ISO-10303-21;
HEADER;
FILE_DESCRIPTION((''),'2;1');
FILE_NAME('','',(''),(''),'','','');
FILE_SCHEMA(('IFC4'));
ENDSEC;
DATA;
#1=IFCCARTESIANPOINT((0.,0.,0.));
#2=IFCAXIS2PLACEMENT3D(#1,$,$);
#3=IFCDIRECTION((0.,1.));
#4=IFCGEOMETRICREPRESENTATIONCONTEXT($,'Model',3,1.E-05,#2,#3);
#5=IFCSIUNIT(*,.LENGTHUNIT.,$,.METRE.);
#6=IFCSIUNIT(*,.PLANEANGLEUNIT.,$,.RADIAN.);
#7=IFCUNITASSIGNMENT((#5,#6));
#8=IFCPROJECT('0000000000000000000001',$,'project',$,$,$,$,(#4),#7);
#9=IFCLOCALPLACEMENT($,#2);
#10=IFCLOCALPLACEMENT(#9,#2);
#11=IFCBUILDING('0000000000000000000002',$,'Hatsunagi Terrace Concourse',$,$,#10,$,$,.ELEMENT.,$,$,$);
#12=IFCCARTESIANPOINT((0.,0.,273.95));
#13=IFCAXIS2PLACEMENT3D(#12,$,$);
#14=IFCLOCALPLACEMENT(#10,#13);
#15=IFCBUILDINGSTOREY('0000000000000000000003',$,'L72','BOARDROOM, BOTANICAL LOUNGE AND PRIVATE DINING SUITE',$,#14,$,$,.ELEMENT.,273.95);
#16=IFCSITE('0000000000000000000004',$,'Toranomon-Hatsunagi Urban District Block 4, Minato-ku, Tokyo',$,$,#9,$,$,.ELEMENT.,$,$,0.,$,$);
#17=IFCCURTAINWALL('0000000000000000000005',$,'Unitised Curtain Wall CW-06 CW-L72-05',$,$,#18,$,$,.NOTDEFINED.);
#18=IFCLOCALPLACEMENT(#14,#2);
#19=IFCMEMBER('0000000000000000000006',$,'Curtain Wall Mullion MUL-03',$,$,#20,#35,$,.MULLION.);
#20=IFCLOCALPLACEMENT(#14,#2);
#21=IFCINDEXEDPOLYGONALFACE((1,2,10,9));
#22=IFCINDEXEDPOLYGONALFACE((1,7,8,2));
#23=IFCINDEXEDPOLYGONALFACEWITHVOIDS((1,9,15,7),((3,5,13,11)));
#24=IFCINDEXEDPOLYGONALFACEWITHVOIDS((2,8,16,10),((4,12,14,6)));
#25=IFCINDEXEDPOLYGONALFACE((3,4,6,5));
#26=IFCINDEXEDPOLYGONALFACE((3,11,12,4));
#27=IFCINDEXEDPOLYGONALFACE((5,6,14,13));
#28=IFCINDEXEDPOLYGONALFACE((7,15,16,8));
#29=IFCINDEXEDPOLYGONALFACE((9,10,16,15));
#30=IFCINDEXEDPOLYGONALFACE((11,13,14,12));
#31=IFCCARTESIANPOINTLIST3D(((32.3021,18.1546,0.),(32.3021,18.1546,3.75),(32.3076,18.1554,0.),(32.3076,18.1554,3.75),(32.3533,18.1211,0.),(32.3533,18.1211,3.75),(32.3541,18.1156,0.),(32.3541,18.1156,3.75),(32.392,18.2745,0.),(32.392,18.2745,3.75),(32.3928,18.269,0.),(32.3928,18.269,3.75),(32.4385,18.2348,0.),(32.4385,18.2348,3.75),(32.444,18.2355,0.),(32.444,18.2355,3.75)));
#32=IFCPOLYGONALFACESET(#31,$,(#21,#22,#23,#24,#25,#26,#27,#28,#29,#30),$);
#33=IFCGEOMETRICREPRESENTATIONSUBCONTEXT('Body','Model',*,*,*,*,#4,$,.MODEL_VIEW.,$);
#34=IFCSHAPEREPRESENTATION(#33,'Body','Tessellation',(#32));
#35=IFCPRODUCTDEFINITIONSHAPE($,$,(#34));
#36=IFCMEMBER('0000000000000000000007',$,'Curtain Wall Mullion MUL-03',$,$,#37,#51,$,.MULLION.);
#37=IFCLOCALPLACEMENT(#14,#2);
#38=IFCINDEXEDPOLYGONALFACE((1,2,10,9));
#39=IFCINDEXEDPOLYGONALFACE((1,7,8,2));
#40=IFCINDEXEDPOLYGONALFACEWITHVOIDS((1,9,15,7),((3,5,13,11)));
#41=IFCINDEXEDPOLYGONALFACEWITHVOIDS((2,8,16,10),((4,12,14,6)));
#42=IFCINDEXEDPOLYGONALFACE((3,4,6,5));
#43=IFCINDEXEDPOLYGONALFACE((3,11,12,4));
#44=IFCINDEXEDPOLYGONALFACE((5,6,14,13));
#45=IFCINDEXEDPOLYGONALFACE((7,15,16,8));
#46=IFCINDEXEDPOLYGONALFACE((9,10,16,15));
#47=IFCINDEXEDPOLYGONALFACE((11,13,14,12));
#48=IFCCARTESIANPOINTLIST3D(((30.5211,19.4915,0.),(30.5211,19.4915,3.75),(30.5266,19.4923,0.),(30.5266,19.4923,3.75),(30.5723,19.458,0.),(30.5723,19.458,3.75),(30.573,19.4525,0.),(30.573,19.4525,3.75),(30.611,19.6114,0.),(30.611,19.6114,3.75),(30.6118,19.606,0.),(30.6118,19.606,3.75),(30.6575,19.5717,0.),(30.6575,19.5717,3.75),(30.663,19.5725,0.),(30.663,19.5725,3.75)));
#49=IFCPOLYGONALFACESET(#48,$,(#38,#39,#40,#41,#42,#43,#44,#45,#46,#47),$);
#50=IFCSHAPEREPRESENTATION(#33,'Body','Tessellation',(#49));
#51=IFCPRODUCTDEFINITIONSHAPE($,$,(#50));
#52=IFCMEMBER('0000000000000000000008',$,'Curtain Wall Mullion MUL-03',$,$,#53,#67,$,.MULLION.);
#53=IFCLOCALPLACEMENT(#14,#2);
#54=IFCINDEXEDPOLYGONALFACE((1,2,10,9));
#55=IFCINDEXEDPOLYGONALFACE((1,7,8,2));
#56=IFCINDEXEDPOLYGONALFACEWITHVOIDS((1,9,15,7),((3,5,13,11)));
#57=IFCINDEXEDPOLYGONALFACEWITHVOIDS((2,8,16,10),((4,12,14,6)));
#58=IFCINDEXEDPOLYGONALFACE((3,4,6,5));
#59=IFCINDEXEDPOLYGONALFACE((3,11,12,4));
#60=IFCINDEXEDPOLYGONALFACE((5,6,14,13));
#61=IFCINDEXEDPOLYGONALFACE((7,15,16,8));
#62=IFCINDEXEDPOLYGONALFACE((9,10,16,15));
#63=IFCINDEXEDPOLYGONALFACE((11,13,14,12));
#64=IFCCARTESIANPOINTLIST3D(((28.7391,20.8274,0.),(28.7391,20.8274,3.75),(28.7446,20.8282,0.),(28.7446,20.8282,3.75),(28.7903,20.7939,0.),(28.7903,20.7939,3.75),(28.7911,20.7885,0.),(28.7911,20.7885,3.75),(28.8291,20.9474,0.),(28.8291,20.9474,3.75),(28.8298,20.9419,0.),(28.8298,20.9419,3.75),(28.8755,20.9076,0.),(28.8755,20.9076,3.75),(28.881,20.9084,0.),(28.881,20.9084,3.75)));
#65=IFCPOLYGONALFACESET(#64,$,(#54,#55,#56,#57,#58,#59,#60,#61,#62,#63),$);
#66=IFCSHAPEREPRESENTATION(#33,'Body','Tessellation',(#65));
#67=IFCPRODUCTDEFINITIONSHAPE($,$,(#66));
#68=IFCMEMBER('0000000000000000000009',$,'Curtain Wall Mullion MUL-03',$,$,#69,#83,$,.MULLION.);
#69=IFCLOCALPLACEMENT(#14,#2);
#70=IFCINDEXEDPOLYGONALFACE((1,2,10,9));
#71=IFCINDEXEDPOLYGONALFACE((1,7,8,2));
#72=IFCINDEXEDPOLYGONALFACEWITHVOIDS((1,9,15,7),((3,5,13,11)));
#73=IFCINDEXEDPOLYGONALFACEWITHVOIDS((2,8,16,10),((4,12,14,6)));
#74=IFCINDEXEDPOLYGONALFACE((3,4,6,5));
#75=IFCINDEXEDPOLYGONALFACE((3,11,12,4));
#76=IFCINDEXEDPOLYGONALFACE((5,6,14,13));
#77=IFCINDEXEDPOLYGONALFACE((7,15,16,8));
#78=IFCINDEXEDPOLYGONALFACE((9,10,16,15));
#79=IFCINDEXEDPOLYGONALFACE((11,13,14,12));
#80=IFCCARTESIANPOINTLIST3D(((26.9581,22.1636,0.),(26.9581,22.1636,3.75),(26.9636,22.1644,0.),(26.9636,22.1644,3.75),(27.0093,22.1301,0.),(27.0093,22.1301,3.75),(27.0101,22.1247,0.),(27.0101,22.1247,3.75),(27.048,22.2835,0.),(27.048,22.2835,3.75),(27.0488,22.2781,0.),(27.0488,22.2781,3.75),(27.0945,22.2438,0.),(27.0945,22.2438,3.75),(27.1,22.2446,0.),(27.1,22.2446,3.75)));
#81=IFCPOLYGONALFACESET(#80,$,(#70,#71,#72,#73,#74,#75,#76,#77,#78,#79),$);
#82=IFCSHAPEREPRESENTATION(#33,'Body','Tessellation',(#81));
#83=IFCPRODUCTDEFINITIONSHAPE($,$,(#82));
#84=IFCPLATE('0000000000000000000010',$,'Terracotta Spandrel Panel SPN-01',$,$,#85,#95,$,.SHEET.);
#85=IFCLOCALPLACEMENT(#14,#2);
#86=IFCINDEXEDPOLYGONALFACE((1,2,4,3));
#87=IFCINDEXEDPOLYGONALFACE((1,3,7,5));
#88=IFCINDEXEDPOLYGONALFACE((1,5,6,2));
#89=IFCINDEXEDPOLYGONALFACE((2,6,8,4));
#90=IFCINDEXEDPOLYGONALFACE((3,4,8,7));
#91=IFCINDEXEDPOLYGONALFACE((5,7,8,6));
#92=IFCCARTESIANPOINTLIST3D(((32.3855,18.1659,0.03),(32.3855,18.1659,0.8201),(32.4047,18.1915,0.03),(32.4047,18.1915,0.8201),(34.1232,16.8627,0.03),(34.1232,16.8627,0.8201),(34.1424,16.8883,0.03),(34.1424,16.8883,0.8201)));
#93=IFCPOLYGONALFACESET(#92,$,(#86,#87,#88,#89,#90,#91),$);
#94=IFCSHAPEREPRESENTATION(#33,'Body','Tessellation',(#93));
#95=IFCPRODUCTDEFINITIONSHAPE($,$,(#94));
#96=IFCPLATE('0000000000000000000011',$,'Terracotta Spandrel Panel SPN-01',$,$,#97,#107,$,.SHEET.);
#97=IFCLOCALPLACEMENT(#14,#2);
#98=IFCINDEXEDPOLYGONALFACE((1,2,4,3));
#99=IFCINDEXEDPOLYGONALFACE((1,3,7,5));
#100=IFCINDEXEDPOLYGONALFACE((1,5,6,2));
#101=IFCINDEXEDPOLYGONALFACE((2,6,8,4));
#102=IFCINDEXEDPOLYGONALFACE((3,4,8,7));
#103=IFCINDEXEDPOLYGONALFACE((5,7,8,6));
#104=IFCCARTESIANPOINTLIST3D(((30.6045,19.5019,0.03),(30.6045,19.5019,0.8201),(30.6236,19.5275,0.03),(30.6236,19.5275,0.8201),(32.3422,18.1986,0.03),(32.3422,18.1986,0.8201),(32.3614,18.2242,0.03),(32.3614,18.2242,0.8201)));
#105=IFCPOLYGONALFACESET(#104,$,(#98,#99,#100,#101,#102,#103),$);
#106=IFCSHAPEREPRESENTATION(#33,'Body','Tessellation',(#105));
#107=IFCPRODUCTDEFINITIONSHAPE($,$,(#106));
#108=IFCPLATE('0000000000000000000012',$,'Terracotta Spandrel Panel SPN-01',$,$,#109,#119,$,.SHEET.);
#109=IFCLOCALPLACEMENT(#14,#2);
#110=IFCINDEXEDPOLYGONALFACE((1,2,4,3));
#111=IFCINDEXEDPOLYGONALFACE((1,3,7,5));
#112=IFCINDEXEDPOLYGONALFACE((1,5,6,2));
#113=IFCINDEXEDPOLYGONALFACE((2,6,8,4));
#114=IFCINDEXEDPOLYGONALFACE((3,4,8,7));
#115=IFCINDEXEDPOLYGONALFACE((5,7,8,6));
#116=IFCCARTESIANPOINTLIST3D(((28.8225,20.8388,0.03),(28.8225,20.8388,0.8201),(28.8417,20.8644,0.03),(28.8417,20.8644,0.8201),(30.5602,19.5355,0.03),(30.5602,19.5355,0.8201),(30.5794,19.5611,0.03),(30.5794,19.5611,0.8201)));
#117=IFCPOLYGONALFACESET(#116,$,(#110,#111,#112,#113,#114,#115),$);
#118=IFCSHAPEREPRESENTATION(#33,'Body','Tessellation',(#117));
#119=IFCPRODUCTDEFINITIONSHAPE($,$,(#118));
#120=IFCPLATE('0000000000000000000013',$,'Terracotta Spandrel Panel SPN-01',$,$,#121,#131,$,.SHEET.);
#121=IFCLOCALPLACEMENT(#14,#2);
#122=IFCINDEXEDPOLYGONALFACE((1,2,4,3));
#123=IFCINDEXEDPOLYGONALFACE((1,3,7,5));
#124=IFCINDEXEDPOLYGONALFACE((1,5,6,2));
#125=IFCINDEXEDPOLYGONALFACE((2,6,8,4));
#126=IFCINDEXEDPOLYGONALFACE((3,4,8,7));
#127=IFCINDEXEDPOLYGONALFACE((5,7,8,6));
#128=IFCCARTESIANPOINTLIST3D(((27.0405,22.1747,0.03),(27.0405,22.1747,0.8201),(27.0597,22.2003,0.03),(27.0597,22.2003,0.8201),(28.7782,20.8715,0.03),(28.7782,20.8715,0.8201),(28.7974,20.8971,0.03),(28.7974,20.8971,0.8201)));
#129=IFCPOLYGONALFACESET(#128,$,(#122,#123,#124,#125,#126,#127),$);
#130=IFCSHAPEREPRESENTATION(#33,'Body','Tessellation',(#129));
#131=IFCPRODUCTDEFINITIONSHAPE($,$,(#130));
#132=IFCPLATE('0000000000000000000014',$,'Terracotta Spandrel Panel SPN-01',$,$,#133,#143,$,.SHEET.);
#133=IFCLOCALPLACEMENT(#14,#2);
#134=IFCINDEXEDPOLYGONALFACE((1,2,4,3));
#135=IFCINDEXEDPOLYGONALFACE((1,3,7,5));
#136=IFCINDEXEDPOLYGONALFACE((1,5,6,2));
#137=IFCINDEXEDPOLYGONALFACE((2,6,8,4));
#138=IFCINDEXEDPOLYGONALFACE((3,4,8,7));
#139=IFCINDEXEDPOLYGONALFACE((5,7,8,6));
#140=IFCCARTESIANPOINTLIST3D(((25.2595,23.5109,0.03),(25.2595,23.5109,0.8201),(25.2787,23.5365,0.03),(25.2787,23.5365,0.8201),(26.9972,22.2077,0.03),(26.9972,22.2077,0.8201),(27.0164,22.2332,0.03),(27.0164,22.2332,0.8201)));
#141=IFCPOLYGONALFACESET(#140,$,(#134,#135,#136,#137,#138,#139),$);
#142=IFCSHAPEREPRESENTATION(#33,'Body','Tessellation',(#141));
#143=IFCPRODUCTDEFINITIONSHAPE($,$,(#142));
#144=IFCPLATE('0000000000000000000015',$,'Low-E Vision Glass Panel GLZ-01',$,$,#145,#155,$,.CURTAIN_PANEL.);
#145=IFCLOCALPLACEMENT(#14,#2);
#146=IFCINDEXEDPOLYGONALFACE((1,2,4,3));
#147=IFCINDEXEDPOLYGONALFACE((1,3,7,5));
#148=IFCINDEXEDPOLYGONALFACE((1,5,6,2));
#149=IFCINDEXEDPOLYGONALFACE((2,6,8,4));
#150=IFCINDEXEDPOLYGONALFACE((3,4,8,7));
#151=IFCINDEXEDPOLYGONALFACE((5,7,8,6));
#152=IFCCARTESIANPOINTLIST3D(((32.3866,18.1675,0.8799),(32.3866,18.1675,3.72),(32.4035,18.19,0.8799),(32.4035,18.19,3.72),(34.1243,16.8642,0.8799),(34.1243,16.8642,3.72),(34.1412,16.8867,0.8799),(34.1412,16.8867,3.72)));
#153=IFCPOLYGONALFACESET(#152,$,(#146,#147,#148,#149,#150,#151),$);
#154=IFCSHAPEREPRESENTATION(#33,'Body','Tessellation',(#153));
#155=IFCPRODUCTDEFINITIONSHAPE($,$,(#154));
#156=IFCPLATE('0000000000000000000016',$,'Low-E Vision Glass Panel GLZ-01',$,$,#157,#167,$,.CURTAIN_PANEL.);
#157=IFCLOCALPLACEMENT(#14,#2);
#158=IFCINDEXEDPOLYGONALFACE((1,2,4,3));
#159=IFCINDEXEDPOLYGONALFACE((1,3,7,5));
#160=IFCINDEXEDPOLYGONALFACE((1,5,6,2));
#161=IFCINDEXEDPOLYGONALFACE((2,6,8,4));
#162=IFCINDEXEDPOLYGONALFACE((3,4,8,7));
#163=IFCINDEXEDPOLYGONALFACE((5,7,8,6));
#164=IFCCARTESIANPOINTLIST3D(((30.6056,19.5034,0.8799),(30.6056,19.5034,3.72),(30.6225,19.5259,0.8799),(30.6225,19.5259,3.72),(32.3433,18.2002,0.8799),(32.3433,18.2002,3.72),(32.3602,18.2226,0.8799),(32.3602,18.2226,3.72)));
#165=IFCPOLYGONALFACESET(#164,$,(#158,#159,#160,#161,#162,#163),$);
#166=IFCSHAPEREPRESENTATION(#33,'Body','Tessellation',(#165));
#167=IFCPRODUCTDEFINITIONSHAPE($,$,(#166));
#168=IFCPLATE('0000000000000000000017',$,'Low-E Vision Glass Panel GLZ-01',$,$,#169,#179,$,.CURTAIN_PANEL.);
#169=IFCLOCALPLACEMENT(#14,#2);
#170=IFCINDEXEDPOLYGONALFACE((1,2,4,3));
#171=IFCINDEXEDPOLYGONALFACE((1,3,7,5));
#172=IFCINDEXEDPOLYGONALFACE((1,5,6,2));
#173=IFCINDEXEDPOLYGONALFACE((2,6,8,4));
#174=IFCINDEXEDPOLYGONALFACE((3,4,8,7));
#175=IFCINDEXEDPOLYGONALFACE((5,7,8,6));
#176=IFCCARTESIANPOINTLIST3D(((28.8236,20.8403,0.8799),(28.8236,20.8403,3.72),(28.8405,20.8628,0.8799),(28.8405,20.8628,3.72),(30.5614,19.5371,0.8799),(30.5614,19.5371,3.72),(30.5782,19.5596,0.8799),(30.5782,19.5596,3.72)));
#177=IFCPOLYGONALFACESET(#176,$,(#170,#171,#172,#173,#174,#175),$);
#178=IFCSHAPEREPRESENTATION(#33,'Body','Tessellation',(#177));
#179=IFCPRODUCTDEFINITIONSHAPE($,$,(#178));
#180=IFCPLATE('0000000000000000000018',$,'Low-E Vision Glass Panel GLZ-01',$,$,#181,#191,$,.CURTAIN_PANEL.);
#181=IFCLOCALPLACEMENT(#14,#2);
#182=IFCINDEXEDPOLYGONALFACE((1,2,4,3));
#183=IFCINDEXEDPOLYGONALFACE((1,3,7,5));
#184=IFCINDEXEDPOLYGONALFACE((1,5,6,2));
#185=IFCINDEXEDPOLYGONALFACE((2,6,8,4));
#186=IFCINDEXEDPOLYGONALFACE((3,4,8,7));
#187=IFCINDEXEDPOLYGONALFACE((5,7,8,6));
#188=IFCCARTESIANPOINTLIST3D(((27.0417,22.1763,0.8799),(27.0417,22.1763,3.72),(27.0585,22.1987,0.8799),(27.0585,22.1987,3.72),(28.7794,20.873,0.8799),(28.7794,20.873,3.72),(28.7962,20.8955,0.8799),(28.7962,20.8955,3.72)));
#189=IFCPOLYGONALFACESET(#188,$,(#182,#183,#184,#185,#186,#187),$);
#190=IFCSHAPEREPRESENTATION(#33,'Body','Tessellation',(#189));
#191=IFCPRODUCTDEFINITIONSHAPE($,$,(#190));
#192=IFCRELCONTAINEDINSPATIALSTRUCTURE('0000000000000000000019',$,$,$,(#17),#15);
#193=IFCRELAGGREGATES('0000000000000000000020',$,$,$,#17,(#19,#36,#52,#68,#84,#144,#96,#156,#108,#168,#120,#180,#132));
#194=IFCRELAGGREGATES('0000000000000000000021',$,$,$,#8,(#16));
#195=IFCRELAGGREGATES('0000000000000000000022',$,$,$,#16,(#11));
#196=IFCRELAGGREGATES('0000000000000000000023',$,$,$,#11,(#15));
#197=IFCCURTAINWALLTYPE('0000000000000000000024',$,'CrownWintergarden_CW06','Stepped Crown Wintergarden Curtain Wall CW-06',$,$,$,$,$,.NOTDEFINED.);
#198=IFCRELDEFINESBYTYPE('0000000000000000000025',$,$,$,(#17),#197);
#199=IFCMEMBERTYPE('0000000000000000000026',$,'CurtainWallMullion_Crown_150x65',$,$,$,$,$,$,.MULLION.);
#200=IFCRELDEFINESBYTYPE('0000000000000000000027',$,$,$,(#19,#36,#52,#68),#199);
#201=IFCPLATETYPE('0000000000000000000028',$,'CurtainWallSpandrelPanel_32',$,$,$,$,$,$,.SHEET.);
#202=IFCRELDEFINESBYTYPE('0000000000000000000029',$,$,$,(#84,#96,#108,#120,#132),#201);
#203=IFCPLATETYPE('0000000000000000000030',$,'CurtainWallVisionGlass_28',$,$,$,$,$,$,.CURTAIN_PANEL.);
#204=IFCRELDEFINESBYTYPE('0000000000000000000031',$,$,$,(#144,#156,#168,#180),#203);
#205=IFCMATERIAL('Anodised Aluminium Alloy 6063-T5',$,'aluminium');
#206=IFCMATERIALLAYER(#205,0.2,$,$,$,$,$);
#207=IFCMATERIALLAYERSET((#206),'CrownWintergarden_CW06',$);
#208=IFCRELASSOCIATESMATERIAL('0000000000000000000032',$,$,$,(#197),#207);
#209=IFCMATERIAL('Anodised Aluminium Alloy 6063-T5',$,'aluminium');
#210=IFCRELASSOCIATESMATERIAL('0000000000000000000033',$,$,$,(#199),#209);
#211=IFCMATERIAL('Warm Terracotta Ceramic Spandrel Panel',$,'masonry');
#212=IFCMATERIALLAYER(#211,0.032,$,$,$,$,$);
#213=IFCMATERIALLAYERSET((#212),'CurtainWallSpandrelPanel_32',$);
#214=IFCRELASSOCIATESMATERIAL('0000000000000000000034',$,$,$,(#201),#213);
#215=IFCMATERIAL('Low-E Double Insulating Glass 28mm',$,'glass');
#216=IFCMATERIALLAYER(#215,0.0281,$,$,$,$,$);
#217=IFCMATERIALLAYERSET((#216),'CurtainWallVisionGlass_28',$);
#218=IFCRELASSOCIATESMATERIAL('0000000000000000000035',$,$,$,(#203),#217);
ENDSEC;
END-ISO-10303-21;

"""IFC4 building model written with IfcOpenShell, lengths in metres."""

from ifc_helpers import new_model, si_unit, direction, frame, origin, origin_2d, place, context, subcontext, project, spatial, rectangle, hollow_rectangle, extrude, material, layer, layer_set, material_profile, profile_set, type_object, element, aggregate, save


model = new_model("IFC4")

# Units and contexts
model_context = context("Model", 3, precision=1e-05, world=origin(), true_north=direction((0.0, 1.0)))
body_context = subcontext(model_context, "Body", "Model", "MODEL_VIEW")
ifc_project = project(units=[si_unit("LENGTHUNIT", "METRE"), si_unit("PLANEANGLEUNIT", "RADIAN")], contexts=[model_context])

# Site, building, storey
site_placement = place(None, origin())
site = spatial("IfcSite", under=ifc_project, at=site_placement, Name="Toranomon-Hatsunagi Urban District Block 4, Minato-ku, Tokyo", CompositionType="ELEMENT", RefElevation=0.0)
building_placement = place(site_placement, origin())
building = spatial("IfcBuilding", under=site, at=building_placement, Name="Hatsunagi Terrace Concourse", CompositionType="ELEMENT")
storey_placement = place(building_placement, frame((0.0, 0.0, 273.95)))
storey = spatial("IfcBuildingStorey", under=building, at=storey_placement, Name="L72", Description="BOARDROOM, BOTANICAL LOUNGE AND PRIVATE DINING SUITE", CompositionType="ELEMENT", Elevation=273.95)

# Curtain wall, members, plates
ifc_material_1 = material(Name="Anodised Aluminium Alloy 6063-T5", Category="aluminium")
ifc_layer_1 = layer(ifc_material_1, 0.2)
ifc_layer_set_1 = layer_set([ifc_layer_1], Name="CrownWintergarden_CW06")
curtain_wall_type = type_object("IfcCurtainWallType", Name="CrownWintergarden_CW06", Description="Stepped Crown Wintergarden Curtain Wall CW-06", PredefinedType="NOTDEFINED", material=ifc_layer_set_1)
curtain_wall_placement = place(storey_placement, origin())
curtain_wall = element("IfcCurtainWall", 1, at=curtain_wall_placement, inside=storey, type_object=curtain_wall_type, Name="Unitised Curtain Wall CW-06 CW-L72-05", PredefinedType="NOTDEFINED")
ifc_material_2 = material(Name="Anodised Aluminium Alloy 6063-T5", Category="aluminium")
ifc_material_profile = material_profile(ifc_material_2, hollow_rectangle(XDim=0.0649, YDim=0.1499, WallThickness=0.0039, at=origin_2d()), Name="ALU-MUL-150x65x4")
ifc_profile_set = profile_set([ifc_material_profile], Name="Anodised Aluminium Alloy 6063-T5")
member_type = type_object("IfcMemberType", Name="CurtainWallMullion_Crown_150x65", PredefinedType="MULLION", material=ifc_profile_set)
member_1_placement = place(storey_placement, frame((32.373, 18.1951, 0.0), z_axis=(0.0, 0.0, 1.0), x_axis=(-0.800007, 0.59999, 0.0)))
member_1 = element("IfcMember", 2, at=member_1_placement, type_object=member_type, Name="Curtain Wall Mullion MUL-03", PredefinedType="MULLION", context=body_context, shape_type="SweptSolid", body=[
    extrude(hollow_rectangle(XDim=0.0649, YDim=0.1499, WallThickness=0.0039, at=origin_2d()), origin(), (0.0, 0.0, 1.0), 3.75),
])
member_2_placement = place(storey_placement, frame((30.592, 19.532, 0.0), z_axis=(0.0, 0.0, 1.0), x_axis=(-0.800007, 0.59999, 0.0)))
member_2 = element("IfcMember", 3, at=member_2_placement, type_object=member_type, Name="Curtain Wall Mullion MUL-03", PredefinedType="MULLION", context=body_context, shape_type="SweptSolid", body=[
    extrude(hollow_rectangle(XDim=0.0649, YDim=0.1499, WallThickness=0.0039, at=origin_2d()), origin(), (0.0, 0.0, 1.0), 3.75),
])
member_3_placement = place(storey_placement, frame((28.8101, 20.8679, 0.0), z_axis=(0.0, 0.0, 1.0), x_axis=(-0.800007, 0.59999, 0.0)))
member_3 = element("IfcMember", 4, at=member_3_placement, type_object=member_type, Name="Curtain Wall Mullion MUL-03", PredefinedType="MULLION", context=body_context, shape_type="SweptSolid", body=[
    extrude(hollow_rectangle(XDim=0.0649, YDim=0.1499, WallThickness=0.0039, at=origin_2d()), origin(), (0.0, 0.0, 1.0), 3.75),
])
member_4_placement = place(storey_placement, frame((27.0291, 22.2041, 0.0), z_axis=(0.0, 0.0, 1.0), x_axis=(-0.800007, 0.59999, 0.0)))
member_4 = element("IfcMember", 5, at=member_4_placement, type_object=member_type, Name="Curtain Wall Mullion MUL-03", PredefinedType="MULLION", context=body_context, shape_type="SweptSolid", body=[
    extrude(hollow_rectangle(XDim=0.0649, YDim=0.1499, WallThickness=0.0039, at=origin_2d()), origin(), (0.0, 0.0, 1.0), 3.75),
])
ifc_material_3 = material(Name="Warm Terracotta Ceramic Spandrel Panel", Category="masonry")
ifc_layer_2 = layer(ifc_material_3, 0.032)
ifc_layer_set_2 = layer_set([ifc_layer_2], Name="CurtainWallSpandrelPanel_32")
plate_type_1 = type_object("IfcPlateType", Name="CurtainWallSpandrelPanel_32", PredefinedType="SHEET", material=ifc_layer_set_2)
plate_1_placement = place(storey_placement, frame((33.2639, 17.5271, 0.03), z_axis=(0.0, 0.0, 1.0), x_axis=(-0.800007, 0.59999, 0.0)))
plate_1 = element("IfcPlate", 6, at=plate_1_placement, type_object=plate_type_1, Name="Terracotta Spandrel Panel SPN-01", PredefinedType="SHEET", context=body_context, shape_type="SweptSolid", body=[
    extrude(rectangle(XDim=2.1721, YDim=0.032, at=origin_2d()), origin(), (0.0, 0.0, 1.0), 0.79),
])
plate_2_placement = place(storey_placement, frame((31.4829, 18.863, 0.03), z_axis=(0.0, 0.0, 1.0), x_axis=(-0.800007, 0.59999, 0.0)))
plate_2 = element("IfcPlate", 7, at=plate_2_placement, type_object=plate_type_1, Name="Terracotta Spandrel Panel SPN-01", PredefinedType="SHEET", context=body_context, shape_type="SweptSolid", body=[
    extrude(rectangle(XDim=2.1721, YDim=0.032, at=origin_2d()), origin(), (0.0, 0.0, 1.0), 0.79),
])
plate_3_placement = place(storey_placement, frame((29.7009, 20.2, 0.03), z_axis=(0.0, 0.0, 1.0), x_axis=(-0.800007, 0.59999, 0.0)))
plate_3 = element("IfcPlate", 8, at=plate_3_placement, type_object=plate_type_1, Name="Terracotta Spandrel Panel SPN-01", PredefinedType="SHEET", context=body_context, shape_type="SweptSolid", body=[
    extrude(rectangle(XDim=2.1721, YDim=0.032, at=origin_2d()), origin(), (0.0, 0.0, 1.0), 0.79),
])
plate_4_placement = place(storey_placement, frame((27.9189, 21.5359, 0.03), z_axis=(0.0, 0.0, 1.0), x_axis=(-0.800007, 0.59999, 0.0)))
plate_4 = element("IfcPlate", 9, at=plate_4_placement, type_object=plate_type_1, Name="Terracotta Spandrel Panel SPN-01", PredefinedType="SHEET", context=body_context, shape_type="SweptSolid", body=[
    extrude(rectangle(XDim=2.1721, YDim=0.032, at=origin_2d()), origin(), (0.0, 0.0, 1.0), 0.79),
])
plate_5_placement = place(storey_placement, frame((26.1379, 22.8721, 0.03), z_axis=(0.0, 0.0, 1.0), x_axis=(-0.800007, 0.59999, 0.0)))
plate_5 = element("IfcPlate", 10, at=plate_5_placement, type_object=plate_type_1, Name="Terracotta Spandrel Panel SPN-01", PredefinedType="SHEET", context=body_context, shape_type="SweptSolid", body=[
    extrude(rectangle(XDim=2.1721, YDim=0.032, at=origin_2d()), origin(), (0.0, 0.0, 1.0), 0.79),
])
ifc_material_4 = material(Name="Low-E Double Insulating Glass 28mm", Category="glass")
ifc_layer_3 = layer(ifc_material_4, 0.0281)
ifc_layer_set_3 = layer_set([ifc_layer_3], Name="CurtainWallVisionGlass_28")
plate_type_2 = type_object("IfcPlateType", Name="CurtainWallVisionGlass_28", PredefinedType="CURTAIN_PANEL", material=ifc_layer_set_3)
plate_6_placement = place(storey_placement, frame((33.2639, 17.5271, 0.8799), z_axis=(0.0, 0.0, 1.0), x_axis=(-0.800007, 0.59999, 0.0)))
plate_6 = element("IfcPlate", 11, at=plate_6_placement, type_object=plate_type_2, Name="Low-E Vision Glass Panel GLZ-01", PredefinedType="CURTAIN_PANEL", context=body_context, shape_type="SweptSolid", body=[
    extrude(rectangle(XDim=2.1721, YDim=0.0281, at=origin_2d()), origin(), (0.0, 0.0, 1.0), 2.8401),
])
plate_7_placement = place(storey_placement, frame((31.4829, 18.863, 0.8799), z_axis=(0.0, 0.0, 1.0), x_axis=(-0.800007, 0.59999, 0.0)))
plate_7 = element("IfcPlate", 12, at=plate_7_placement, type_object=plate_type_2, Name="Low-E Vision Glass Panel GLZ-01", PredefinedType="CURTAIN_PANEL", context=body_context, shape_type="SweptSolid", body=[
    extrude(rectangle(XDim=2.1721, YDim=0.0281, at=origin_2d()), origin(), (0.0, 0.0, 1.0), 2.8401),
])
plate_8_placement = place(storey_placement, frame((29.7009, 20.2, 0.8799), z_axis=(0.0, 0.0, 1.0), x_axis=(-0.800007, 0.59999, 0.0)))
plate_8 = element("IfcPlate", 13, at=plate_8_placement, type_object=plate_type_2, Name="Low-E Vision Glass Panel GLZ-01", PredefinedType="CURTAIN_PANEL", context=body_context, shape_type="SweptSolid", body=[
    extrude(rectangle(XDim=2.1721, YDim=0.0281, at=origin_2d()), origin(), (0.0, 0.0, 1.0), 2.8401),
])
plate_9_placement = place(storey_placement, frame((27.9189, 21.5359, 0.8799), z_axis=(0.0, 0.0, 1.0), x_axis=(-0.800007, 0.59999, 0.0)))
plate_9 = element("IfcPlate", 14, at=plate_9_placement, type_object=plate_type_2, Name="Low-E Vision Glass Panel GLZ-01", PredefinedType="CURTAIN_PANEL", context=body_context, shape_type="SweptSolid", body=[
    extrude(rectangle(XDim=2.1721, YDim=0.0281, at=origin_2d()), origin(), (0.0, 0.0, 1.0), 2.8401),
])
aggregate(curtain_wall, [member_1, member_2, member_3, member_4, plate_1, plate_6, plate_2, plate_7, plate_3, plate_8, plate_4, plate_9, plate_5])

save(model, "model.ifc")
